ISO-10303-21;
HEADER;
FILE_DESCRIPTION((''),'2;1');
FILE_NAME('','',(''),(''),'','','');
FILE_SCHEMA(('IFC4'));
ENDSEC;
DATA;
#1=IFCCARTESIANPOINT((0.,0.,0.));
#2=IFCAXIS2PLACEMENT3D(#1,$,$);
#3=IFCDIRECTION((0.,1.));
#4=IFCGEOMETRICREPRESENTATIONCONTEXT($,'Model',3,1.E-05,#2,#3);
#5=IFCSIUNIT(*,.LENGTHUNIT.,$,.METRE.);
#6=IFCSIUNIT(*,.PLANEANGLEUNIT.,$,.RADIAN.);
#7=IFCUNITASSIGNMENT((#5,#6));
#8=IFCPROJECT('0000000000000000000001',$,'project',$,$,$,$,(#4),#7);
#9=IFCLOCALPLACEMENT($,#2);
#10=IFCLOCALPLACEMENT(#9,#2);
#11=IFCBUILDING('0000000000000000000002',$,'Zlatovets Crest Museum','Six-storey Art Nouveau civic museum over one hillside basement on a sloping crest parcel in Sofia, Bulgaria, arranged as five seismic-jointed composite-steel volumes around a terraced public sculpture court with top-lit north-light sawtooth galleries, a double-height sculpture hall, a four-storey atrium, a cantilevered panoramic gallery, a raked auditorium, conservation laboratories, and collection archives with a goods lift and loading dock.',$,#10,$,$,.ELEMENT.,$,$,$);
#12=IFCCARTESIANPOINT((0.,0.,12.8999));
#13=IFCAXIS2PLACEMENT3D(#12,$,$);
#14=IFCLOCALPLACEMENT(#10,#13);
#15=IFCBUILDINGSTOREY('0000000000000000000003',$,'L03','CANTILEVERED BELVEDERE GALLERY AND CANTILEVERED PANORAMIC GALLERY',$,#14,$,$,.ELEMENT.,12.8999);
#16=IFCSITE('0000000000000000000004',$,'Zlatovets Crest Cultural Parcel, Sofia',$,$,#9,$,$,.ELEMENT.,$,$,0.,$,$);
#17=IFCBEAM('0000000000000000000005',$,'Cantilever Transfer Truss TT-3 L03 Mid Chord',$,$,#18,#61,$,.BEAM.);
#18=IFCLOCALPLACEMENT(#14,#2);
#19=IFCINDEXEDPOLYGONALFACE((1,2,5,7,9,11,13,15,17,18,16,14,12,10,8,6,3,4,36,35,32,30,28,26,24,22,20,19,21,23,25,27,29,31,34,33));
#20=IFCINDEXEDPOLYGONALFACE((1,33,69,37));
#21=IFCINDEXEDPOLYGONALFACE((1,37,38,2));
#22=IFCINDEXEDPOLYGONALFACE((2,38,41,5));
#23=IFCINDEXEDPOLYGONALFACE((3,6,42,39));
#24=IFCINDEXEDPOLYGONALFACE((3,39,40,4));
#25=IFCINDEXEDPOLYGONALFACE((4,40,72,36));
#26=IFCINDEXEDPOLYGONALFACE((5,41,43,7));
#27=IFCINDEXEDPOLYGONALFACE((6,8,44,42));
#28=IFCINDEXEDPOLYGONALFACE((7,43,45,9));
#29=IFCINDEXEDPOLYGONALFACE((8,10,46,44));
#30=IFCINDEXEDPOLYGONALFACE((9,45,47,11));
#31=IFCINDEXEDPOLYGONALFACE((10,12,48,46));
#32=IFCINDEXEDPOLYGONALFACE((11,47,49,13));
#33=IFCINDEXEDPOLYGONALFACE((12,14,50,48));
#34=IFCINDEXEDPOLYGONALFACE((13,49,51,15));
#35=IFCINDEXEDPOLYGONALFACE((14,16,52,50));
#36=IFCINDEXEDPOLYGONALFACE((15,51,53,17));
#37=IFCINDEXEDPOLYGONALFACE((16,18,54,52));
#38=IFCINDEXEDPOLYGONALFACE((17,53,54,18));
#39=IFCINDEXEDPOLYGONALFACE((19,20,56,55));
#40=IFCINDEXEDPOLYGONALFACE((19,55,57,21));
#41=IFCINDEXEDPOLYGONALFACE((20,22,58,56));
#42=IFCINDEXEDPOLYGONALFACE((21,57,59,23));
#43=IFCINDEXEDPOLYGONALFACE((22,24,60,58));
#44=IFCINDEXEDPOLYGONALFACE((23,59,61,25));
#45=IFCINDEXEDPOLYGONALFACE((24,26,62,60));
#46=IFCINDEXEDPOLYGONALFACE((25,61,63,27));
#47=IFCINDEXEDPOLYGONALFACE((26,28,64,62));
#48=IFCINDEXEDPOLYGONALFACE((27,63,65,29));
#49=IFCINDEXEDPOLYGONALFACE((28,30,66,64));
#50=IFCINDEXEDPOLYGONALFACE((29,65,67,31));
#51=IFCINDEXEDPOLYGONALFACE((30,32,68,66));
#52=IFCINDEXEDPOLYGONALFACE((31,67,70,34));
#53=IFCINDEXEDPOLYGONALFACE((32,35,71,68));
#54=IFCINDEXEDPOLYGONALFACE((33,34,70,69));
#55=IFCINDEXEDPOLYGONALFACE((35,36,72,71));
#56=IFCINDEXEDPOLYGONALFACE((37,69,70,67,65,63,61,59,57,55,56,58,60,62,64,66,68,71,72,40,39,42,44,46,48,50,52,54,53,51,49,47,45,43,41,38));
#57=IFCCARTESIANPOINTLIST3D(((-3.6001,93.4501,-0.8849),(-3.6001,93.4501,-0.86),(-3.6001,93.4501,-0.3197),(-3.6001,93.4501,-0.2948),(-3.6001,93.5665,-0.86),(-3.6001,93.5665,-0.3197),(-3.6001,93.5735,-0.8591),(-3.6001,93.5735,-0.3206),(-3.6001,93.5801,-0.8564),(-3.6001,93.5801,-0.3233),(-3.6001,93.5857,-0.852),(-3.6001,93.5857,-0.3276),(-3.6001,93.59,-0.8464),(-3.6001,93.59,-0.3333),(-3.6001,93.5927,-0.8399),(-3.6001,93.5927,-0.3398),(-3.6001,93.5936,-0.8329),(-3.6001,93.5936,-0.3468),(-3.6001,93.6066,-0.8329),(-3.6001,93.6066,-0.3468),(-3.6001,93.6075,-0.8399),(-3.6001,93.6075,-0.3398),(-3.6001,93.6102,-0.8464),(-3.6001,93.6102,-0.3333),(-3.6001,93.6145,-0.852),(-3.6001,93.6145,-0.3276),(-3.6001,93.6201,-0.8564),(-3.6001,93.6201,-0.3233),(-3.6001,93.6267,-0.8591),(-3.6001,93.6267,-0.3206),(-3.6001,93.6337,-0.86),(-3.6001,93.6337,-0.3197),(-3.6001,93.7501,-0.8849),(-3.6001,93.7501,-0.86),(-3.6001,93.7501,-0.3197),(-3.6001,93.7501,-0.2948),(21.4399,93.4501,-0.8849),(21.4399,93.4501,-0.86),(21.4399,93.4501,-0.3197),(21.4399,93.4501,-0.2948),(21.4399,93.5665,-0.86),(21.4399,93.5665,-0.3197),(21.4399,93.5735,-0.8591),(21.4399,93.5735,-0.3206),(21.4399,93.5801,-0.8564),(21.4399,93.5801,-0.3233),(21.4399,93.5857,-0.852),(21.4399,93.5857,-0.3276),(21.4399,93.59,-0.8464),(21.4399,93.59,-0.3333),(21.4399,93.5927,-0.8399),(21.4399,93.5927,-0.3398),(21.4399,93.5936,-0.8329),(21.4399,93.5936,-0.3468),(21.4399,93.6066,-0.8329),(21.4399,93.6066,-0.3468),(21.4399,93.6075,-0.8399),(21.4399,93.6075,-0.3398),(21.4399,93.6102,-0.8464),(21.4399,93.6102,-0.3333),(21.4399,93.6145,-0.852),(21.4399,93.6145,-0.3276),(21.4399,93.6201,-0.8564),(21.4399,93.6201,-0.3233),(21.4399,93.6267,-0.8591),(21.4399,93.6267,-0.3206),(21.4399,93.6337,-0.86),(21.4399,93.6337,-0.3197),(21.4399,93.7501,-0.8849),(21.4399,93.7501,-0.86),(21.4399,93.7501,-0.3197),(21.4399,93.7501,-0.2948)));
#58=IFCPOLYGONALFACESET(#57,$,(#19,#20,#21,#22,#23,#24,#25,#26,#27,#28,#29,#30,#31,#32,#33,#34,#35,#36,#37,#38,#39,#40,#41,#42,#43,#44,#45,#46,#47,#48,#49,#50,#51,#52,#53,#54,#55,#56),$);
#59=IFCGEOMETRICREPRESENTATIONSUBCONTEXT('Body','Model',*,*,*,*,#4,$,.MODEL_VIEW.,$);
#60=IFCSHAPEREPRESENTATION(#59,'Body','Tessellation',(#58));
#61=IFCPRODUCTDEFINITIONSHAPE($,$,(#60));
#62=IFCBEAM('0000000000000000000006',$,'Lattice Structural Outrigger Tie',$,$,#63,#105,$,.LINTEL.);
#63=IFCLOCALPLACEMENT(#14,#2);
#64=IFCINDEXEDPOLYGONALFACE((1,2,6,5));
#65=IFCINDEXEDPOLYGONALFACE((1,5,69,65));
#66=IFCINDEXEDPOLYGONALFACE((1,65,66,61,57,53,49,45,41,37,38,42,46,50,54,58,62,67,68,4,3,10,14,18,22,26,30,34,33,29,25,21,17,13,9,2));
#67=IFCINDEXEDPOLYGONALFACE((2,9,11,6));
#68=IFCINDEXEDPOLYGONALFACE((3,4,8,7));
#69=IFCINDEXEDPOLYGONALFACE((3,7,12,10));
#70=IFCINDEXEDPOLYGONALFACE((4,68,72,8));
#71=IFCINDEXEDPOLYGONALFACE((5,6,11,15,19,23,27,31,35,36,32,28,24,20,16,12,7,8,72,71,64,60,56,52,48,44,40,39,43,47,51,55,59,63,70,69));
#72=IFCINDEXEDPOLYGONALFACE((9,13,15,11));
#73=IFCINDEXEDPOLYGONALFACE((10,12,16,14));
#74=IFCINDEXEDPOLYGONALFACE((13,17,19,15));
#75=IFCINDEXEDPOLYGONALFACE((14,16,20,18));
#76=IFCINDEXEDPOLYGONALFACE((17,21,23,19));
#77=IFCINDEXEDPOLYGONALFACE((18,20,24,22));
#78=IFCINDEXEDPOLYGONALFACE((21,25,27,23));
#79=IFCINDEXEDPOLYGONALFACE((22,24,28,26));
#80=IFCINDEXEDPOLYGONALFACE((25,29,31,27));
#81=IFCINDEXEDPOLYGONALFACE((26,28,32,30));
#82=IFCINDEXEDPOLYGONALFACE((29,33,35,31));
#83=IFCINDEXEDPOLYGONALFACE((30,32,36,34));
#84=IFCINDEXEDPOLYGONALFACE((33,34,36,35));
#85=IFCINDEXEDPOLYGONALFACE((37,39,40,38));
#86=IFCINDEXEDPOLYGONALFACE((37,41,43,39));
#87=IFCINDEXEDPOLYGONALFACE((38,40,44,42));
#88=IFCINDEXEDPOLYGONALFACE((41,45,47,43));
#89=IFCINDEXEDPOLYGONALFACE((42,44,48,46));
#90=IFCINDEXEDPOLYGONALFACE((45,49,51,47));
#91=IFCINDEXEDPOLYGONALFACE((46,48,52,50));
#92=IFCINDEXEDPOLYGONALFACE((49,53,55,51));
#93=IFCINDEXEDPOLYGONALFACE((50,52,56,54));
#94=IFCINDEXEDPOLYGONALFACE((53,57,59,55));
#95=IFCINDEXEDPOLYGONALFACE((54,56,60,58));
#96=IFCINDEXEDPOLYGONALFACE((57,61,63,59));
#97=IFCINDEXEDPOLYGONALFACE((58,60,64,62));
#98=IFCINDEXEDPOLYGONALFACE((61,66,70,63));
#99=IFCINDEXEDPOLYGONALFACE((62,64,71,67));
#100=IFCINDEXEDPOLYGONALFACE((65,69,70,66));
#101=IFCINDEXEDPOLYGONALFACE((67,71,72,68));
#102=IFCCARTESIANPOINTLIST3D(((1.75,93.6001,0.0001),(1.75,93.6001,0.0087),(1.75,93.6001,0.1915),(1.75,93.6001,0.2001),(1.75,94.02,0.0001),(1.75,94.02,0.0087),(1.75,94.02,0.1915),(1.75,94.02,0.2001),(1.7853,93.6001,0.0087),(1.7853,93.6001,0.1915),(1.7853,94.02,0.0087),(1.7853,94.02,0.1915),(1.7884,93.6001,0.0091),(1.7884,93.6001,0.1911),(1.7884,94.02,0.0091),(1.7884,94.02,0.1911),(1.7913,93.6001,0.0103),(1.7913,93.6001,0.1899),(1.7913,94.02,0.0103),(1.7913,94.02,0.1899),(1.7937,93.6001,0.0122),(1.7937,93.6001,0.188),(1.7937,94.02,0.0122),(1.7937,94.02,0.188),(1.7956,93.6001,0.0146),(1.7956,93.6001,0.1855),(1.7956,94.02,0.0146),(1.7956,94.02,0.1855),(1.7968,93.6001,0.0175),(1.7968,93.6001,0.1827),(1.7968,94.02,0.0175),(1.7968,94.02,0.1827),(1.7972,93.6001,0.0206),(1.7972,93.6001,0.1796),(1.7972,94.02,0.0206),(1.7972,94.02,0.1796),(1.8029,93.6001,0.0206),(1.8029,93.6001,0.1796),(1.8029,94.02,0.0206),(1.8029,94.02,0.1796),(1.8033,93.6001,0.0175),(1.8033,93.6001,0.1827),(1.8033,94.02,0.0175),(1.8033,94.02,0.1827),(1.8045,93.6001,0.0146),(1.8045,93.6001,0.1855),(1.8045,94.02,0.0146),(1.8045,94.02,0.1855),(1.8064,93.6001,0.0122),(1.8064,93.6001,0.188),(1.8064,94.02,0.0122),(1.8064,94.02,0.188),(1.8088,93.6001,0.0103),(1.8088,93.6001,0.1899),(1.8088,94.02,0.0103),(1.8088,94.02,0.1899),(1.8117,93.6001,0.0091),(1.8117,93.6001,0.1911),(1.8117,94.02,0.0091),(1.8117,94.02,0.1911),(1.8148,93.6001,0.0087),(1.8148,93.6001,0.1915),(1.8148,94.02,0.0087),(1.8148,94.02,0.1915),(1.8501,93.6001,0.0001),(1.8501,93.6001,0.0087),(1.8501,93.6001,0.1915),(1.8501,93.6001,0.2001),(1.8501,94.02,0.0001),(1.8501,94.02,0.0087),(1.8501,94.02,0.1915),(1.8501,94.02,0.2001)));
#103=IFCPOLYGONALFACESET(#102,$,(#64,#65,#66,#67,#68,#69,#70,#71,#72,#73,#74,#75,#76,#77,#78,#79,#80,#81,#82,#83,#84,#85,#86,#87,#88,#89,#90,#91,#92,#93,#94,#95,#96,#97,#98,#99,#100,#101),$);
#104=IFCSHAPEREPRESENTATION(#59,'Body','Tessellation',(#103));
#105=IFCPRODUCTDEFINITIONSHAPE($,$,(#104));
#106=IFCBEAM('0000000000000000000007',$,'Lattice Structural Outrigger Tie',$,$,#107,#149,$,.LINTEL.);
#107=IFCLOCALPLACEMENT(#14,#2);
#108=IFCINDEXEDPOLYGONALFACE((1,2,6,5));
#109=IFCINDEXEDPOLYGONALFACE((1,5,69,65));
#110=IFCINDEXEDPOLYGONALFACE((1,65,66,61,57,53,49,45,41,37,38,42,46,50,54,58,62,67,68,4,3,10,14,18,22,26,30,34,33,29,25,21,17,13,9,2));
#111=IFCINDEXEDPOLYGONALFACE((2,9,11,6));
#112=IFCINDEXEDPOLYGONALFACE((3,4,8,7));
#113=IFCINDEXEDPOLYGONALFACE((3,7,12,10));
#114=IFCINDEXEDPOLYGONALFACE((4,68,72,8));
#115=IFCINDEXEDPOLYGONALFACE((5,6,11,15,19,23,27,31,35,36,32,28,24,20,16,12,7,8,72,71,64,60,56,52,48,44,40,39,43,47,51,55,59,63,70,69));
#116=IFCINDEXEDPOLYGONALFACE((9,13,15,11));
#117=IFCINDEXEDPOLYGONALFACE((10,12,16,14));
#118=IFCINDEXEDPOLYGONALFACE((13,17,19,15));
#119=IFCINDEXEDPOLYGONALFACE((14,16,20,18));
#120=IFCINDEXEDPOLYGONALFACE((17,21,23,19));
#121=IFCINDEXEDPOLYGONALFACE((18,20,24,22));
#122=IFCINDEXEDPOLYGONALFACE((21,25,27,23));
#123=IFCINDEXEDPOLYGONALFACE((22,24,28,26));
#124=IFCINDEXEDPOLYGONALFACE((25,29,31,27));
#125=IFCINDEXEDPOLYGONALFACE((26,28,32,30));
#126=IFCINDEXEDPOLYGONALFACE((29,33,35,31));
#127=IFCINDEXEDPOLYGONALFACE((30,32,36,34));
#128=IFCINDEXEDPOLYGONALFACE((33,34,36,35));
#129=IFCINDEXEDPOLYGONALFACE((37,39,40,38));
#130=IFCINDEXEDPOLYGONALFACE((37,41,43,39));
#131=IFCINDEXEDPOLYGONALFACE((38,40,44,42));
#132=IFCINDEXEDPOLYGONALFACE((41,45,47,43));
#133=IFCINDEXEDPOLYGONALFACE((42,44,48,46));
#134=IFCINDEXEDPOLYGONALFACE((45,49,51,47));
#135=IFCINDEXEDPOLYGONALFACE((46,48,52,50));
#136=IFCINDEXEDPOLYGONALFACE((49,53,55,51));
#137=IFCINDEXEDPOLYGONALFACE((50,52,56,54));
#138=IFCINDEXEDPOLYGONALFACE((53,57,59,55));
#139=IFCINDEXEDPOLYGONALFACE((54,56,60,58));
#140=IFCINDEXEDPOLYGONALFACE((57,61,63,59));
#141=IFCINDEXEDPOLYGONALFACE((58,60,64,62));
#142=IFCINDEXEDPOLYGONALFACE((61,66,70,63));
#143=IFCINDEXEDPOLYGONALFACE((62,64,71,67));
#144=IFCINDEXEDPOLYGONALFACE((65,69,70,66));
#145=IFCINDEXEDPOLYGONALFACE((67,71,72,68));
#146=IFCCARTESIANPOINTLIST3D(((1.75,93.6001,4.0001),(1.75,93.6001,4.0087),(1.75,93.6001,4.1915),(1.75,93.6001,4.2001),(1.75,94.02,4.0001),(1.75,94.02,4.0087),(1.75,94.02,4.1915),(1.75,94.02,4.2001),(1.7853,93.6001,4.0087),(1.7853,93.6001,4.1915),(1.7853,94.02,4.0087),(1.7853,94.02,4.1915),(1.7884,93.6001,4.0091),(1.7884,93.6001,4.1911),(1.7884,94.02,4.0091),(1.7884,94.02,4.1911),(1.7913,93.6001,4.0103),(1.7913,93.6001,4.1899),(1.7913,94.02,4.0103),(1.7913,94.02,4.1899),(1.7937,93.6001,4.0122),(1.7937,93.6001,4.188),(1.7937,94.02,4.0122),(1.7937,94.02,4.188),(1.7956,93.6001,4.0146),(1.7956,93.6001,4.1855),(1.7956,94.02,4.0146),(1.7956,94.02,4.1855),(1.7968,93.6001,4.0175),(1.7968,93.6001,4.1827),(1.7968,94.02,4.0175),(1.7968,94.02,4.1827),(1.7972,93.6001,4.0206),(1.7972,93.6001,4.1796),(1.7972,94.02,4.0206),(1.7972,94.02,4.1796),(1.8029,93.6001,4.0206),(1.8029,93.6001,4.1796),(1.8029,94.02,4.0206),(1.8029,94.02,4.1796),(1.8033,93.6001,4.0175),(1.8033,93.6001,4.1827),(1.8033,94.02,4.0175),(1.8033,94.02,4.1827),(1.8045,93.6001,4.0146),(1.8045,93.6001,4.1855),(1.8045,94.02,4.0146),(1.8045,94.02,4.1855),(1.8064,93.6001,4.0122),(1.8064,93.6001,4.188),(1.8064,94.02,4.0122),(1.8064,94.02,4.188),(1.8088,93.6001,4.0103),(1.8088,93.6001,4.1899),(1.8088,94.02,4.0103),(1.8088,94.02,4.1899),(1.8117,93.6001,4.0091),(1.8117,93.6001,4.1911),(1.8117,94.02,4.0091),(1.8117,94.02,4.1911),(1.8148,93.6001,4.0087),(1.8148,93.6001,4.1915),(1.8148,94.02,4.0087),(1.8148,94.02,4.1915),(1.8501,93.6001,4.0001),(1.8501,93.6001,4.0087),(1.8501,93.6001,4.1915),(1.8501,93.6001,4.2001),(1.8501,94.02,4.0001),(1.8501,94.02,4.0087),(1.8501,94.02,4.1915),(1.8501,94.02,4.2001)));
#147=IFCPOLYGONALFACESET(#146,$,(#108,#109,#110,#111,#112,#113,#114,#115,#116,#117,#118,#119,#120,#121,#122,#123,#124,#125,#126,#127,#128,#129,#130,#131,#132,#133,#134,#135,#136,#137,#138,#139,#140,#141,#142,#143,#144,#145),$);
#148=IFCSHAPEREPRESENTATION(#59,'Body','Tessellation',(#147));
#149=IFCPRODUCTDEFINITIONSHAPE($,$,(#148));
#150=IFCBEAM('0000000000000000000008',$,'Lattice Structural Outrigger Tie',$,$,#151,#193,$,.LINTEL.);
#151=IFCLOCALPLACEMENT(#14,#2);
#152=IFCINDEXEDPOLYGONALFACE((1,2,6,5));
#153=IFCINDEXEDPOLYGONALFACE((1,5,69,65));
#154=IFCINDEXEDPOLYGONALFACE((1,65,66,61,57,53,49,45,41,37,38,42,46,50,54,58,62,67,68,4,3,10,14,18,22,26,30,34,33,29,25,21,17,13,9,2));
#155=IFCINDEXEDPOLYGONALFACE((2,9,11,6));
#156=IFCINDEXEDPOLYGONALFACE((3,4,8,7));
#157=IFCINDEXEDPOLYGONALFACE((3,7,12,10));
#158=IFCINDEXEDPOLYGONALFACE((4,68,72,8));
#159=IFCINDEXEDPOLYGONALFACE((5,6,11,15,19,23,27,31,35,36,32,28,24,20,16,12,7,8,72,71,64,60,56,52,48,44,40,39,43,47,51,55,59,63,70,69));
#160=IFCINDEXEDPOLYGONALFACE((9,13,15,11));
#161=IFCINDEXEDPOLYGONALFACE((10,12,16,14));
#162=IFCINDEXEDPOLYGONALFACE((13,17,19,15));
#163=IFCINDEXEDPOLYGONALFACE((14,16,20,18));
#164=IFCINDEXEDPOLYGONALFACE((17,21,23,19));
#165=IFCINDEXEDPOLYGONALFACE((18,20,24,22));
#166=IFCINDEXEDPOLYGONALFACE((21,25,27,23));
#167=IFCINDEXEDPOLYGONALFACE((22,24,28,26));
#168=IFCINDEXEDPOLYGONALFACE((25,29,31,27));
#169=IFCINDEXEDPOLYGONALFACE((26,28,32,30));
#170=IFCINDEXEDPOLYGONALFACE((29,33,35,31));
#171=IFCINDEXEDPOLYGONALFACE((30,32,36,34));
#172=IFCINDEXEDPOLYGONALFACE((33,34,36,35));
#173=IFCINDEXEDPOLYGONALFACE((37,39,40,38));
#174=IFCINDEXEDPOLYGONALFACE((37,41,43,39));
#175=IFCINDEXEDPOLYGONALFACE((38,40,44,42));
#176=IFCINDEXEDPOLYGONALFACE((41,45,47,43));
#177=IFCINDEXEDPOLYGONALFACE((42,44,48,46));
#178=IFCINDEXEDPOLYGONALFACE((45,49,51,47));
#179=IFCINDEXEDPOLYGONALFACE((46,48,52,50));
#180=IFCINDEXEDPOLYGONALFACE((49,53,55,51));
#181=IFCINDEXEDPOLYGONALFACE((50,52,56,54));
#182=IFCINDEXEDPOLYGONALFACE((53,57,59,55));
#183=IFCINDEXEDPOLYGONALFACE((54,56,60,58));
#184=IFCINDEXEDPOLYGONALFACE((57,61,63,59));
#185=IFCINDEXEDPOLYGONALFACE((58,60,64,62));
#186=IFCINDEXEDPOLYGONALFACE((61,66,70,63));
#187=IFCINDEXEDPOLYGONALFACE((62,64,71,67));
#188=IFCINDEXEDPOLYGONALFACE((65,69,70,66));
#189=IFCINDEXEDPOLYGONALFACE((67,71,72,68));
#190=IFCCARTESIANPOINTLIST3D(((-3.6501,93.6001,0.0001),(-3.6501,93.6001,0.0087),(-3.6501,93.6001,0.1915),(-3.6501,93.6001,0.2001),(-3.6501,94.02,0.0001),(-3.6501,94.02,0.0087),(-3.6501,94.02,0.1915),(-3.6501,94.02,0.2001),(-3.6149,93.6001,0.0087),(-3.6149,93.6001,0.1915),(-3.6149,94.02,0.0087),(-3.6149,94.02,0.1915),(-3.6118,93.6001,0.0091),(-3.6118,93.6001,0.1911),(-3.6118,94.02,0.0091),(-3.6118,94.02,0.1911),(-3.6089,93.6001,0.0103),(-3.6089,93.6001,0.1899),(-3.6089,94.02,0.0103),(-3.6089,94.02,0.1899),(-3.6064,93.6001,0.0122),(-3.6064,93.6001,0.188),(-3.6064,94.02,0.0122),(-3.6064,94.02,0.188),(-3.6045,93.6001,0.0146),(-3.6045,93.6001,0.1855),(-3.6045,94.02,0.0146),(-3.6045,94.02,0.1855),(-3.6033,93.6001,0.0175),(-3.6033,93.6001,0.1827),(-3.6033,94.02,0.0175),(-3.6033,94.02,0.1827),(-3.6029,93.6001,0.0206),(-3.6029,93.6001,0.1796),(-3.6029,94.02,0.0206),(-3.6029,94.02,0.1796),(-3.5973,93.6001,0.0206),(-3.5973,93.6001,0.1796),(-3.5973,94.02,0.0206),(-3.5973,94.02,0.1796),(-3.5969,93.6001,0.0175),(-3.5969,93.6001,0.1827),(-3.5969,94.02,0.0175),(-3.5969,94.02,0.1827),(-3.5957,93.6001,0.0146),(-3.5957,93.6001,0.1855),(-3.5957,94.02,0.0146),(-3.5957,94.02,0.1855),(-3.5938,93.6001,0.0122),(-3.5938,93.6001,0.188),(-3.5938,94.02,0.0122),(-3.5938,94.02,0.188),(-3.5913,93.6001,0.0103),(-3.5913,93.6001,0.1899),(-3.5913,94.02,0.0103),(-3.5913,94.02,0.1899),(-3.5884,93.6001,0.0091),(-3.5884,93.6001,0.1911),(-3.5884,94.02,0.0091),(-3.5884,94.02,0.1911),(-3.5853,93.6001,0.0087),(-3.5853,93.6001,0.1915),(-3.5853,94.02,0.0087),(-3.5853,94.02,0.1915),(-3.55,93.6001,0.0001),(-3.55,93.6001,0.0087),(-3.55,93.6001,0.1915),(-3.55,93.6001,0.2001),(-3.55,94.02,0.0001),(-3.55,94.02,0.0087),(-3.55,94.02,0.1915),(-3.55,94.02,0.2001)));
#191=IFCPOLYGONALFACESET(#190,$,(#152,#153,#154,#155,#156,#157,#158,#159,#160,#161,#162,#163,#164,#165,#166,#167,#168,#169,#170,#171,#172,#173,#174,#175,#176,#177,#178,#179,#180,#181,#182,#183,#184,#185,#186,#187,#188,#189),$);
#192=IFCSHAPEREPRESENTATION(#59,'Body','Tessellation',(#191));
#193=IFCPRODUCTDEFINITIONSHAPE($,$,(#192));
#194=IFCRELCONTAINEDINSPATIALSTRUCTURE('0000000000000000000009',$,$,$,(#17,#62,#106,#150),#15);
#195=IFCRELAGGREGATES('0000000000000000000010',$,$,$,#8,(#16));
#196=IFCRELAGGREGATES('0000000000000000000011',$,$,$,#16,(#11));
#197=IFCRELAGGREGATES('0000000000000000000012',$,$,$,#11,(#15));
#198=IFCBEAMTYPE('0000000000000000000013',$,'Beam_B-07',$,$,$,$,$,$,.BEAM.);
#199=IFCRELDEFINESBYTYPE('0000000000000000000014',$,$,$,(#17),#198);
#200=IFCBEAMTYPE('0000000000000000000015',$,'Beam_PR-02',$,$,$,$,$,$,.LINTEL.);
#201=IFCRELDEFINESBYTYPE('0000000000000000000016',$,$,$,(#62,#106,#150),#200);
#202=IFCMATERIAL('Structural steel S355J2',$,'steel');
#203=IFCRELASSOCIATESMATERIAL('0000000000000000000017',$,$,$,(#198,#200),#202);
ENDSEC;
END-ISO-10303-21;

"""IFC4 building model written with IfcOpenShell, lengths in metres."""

from ifc_helpers import new_model, si_unit, direction, frame, origin, origin_2d, place, context, subcontext, project, spatial, i_section, extrude, material, material_profile, profile_set, type_object, element, save


model = new_model("IFC4")

# Units and contexts
model_context = context("Model", 3, precision=1e-05, world=origin(), true_north=direction((0.0, 1.0)))
body_context = subcontext(model_context, "Body", "Model", "MODEL_VIEW")
ifc_project = project(units=[si_unit("LENGTHUNIT", "METRE"), si_unit("PLANEANGLEUNIT", "RADIAN")], contexts=[model_context])

# Site, building, storey
site_placement = place(None, origin())
site = spatial("IfcSite", under=ifc_project, at=site_placement, Name="Zlatovets Crest Cultural Parcel, Sofia", CompositionType="ELEMENT", RefElevation=0.0)
building_placement = place(site_placement, origin())
building = spatial("IfcBuilding", under=site, at=building_placement, Name="Zlatovets Crest Museum", Description="Six-storey Art Nouveau civic museum over one hillside basement on a sloping crest parcel in Sofia, Bulgaria, arranged as five seismic-jointed composite-steel volumes around a terraced public sculpture court with top-lit north-light sawtooth galleries, a double-height sculpture hall, a four-storey atrium, a cantilevered panoramic gallery, a raked auditorium, conservation laboratories, and collection archives with a goods lift and loading dock.", CompositionType="ELEMENT")
storey_placement = place(building_placement, frame((0.0, 0.0, 12.8999)))
storey = spatial("IfcBuildingStorey", under=building, at=storey_placement, Name="L03", Description="CANTILEVERED BELVEDERE GALLERY AND CANTILEVERED PANORAMIC GALLERY", CompositionType="ELEMENT", Elevation=12.8999)

# Beams
ifc_material_1 = material(Name="Structural steel S355J2", Category="steel")
ifc_material_profile_1 = material_profile(ifc_material_1, i_section(OverallWidth=0.3, OverallDepth=0.5901, WebThickness=0.0129, FlangeThickness=0.0249, FilletRadius=0.0271, at=origin_2d()), Name="HEA 600")
ifc_profile_set_1 = profile_set([ifc_material_profile_1], Name="Structural steel S355J2")
beam_type_1 = type_object("IfcBeamType", Name="Beam_B-07", PredefinedType="BEAM", material=ifc_profile_set_1)
beam_placement = place(storey_placement, frame((-3.6001, 93.6001, -0.5898), z_axis=(1.0, 0.0, 0.0), x_axis=(0.0, 1.0, 0.0)))
element("IfcBeam", 1, at=beam_placement, inside=storey, type_object=beam_type_1, Name="Cantilever Transfer Truss TT-3 L03 Mid Chord", PredefinedType="BEAM", context=body_context, shape_type="SweptSolid", body=[
    extrude(i_section(OverallWidth=0.3, OverallDepth=0.5901, WebThickness=0.0129, FlangeThickness=0.0249, FilletRadius=0.0271, at=origin_2d()), origin(), (0.0, 0.0, 1.0), 25.04),
])
ifc_material_profile_2 = material_profile(ifc_material_1, i_section(OverallWidth=0.1001, OverallDepth=0.2, WebThickness=0.0056, FlangeThickness=0.0085, FilletRadius=0.012, at=origin_2d()), Name="IPE 200")
ifc_profile_set_2 = profile_set([ifc_material_profile_2], Name="Structural steel S355J2")
beam_type_2 = type_object("IfcBeamType", Name="Beam_PR-02", PredefinedType="LINTEL", material=ifc_profile_set_2)
for number, where, z_axis, x_axis, name in (
    (2, (1.8, 93.6001, 0.1001), (0.0, 1.0, 0.0), (-1.0, 0.0, 0.0), "Lattice Structural Outrigger Tie"),
    (3, (1.8, 93.6001, 4.1001), (0.0, 1.0, 0.0), (-1.0, 0.0, 0.0), "Lattice Structural Outrigger Tie"),
    (4, (-3.6001, 93.6001, 0.1001), (0.0, 1.0, 0.0), (-1.0, 0.0, 0.0), "Lattice Structural Outrigger Tie"),
):
    element("IfcBeam", number, at=place(storey_placement, frame(where, z_axis=z_axis, x_axis=x_axis)), inside=storey, type_object=beam_type_2, Name=name, PredefinedType="LINTEL", context=body_context, shape_type="SweptSolid", body=[
        extrude(i_section(OverallWidth=0.1001, OverallDepth=0.2, WebThickness=0.0056, FlangeThickness=0.0085, FilletRadius=0.012, at=origin_2d()), origin(), (0.0, 0.0, 1.0), 0.4199),
    ])

save(model, "model.ifc")
